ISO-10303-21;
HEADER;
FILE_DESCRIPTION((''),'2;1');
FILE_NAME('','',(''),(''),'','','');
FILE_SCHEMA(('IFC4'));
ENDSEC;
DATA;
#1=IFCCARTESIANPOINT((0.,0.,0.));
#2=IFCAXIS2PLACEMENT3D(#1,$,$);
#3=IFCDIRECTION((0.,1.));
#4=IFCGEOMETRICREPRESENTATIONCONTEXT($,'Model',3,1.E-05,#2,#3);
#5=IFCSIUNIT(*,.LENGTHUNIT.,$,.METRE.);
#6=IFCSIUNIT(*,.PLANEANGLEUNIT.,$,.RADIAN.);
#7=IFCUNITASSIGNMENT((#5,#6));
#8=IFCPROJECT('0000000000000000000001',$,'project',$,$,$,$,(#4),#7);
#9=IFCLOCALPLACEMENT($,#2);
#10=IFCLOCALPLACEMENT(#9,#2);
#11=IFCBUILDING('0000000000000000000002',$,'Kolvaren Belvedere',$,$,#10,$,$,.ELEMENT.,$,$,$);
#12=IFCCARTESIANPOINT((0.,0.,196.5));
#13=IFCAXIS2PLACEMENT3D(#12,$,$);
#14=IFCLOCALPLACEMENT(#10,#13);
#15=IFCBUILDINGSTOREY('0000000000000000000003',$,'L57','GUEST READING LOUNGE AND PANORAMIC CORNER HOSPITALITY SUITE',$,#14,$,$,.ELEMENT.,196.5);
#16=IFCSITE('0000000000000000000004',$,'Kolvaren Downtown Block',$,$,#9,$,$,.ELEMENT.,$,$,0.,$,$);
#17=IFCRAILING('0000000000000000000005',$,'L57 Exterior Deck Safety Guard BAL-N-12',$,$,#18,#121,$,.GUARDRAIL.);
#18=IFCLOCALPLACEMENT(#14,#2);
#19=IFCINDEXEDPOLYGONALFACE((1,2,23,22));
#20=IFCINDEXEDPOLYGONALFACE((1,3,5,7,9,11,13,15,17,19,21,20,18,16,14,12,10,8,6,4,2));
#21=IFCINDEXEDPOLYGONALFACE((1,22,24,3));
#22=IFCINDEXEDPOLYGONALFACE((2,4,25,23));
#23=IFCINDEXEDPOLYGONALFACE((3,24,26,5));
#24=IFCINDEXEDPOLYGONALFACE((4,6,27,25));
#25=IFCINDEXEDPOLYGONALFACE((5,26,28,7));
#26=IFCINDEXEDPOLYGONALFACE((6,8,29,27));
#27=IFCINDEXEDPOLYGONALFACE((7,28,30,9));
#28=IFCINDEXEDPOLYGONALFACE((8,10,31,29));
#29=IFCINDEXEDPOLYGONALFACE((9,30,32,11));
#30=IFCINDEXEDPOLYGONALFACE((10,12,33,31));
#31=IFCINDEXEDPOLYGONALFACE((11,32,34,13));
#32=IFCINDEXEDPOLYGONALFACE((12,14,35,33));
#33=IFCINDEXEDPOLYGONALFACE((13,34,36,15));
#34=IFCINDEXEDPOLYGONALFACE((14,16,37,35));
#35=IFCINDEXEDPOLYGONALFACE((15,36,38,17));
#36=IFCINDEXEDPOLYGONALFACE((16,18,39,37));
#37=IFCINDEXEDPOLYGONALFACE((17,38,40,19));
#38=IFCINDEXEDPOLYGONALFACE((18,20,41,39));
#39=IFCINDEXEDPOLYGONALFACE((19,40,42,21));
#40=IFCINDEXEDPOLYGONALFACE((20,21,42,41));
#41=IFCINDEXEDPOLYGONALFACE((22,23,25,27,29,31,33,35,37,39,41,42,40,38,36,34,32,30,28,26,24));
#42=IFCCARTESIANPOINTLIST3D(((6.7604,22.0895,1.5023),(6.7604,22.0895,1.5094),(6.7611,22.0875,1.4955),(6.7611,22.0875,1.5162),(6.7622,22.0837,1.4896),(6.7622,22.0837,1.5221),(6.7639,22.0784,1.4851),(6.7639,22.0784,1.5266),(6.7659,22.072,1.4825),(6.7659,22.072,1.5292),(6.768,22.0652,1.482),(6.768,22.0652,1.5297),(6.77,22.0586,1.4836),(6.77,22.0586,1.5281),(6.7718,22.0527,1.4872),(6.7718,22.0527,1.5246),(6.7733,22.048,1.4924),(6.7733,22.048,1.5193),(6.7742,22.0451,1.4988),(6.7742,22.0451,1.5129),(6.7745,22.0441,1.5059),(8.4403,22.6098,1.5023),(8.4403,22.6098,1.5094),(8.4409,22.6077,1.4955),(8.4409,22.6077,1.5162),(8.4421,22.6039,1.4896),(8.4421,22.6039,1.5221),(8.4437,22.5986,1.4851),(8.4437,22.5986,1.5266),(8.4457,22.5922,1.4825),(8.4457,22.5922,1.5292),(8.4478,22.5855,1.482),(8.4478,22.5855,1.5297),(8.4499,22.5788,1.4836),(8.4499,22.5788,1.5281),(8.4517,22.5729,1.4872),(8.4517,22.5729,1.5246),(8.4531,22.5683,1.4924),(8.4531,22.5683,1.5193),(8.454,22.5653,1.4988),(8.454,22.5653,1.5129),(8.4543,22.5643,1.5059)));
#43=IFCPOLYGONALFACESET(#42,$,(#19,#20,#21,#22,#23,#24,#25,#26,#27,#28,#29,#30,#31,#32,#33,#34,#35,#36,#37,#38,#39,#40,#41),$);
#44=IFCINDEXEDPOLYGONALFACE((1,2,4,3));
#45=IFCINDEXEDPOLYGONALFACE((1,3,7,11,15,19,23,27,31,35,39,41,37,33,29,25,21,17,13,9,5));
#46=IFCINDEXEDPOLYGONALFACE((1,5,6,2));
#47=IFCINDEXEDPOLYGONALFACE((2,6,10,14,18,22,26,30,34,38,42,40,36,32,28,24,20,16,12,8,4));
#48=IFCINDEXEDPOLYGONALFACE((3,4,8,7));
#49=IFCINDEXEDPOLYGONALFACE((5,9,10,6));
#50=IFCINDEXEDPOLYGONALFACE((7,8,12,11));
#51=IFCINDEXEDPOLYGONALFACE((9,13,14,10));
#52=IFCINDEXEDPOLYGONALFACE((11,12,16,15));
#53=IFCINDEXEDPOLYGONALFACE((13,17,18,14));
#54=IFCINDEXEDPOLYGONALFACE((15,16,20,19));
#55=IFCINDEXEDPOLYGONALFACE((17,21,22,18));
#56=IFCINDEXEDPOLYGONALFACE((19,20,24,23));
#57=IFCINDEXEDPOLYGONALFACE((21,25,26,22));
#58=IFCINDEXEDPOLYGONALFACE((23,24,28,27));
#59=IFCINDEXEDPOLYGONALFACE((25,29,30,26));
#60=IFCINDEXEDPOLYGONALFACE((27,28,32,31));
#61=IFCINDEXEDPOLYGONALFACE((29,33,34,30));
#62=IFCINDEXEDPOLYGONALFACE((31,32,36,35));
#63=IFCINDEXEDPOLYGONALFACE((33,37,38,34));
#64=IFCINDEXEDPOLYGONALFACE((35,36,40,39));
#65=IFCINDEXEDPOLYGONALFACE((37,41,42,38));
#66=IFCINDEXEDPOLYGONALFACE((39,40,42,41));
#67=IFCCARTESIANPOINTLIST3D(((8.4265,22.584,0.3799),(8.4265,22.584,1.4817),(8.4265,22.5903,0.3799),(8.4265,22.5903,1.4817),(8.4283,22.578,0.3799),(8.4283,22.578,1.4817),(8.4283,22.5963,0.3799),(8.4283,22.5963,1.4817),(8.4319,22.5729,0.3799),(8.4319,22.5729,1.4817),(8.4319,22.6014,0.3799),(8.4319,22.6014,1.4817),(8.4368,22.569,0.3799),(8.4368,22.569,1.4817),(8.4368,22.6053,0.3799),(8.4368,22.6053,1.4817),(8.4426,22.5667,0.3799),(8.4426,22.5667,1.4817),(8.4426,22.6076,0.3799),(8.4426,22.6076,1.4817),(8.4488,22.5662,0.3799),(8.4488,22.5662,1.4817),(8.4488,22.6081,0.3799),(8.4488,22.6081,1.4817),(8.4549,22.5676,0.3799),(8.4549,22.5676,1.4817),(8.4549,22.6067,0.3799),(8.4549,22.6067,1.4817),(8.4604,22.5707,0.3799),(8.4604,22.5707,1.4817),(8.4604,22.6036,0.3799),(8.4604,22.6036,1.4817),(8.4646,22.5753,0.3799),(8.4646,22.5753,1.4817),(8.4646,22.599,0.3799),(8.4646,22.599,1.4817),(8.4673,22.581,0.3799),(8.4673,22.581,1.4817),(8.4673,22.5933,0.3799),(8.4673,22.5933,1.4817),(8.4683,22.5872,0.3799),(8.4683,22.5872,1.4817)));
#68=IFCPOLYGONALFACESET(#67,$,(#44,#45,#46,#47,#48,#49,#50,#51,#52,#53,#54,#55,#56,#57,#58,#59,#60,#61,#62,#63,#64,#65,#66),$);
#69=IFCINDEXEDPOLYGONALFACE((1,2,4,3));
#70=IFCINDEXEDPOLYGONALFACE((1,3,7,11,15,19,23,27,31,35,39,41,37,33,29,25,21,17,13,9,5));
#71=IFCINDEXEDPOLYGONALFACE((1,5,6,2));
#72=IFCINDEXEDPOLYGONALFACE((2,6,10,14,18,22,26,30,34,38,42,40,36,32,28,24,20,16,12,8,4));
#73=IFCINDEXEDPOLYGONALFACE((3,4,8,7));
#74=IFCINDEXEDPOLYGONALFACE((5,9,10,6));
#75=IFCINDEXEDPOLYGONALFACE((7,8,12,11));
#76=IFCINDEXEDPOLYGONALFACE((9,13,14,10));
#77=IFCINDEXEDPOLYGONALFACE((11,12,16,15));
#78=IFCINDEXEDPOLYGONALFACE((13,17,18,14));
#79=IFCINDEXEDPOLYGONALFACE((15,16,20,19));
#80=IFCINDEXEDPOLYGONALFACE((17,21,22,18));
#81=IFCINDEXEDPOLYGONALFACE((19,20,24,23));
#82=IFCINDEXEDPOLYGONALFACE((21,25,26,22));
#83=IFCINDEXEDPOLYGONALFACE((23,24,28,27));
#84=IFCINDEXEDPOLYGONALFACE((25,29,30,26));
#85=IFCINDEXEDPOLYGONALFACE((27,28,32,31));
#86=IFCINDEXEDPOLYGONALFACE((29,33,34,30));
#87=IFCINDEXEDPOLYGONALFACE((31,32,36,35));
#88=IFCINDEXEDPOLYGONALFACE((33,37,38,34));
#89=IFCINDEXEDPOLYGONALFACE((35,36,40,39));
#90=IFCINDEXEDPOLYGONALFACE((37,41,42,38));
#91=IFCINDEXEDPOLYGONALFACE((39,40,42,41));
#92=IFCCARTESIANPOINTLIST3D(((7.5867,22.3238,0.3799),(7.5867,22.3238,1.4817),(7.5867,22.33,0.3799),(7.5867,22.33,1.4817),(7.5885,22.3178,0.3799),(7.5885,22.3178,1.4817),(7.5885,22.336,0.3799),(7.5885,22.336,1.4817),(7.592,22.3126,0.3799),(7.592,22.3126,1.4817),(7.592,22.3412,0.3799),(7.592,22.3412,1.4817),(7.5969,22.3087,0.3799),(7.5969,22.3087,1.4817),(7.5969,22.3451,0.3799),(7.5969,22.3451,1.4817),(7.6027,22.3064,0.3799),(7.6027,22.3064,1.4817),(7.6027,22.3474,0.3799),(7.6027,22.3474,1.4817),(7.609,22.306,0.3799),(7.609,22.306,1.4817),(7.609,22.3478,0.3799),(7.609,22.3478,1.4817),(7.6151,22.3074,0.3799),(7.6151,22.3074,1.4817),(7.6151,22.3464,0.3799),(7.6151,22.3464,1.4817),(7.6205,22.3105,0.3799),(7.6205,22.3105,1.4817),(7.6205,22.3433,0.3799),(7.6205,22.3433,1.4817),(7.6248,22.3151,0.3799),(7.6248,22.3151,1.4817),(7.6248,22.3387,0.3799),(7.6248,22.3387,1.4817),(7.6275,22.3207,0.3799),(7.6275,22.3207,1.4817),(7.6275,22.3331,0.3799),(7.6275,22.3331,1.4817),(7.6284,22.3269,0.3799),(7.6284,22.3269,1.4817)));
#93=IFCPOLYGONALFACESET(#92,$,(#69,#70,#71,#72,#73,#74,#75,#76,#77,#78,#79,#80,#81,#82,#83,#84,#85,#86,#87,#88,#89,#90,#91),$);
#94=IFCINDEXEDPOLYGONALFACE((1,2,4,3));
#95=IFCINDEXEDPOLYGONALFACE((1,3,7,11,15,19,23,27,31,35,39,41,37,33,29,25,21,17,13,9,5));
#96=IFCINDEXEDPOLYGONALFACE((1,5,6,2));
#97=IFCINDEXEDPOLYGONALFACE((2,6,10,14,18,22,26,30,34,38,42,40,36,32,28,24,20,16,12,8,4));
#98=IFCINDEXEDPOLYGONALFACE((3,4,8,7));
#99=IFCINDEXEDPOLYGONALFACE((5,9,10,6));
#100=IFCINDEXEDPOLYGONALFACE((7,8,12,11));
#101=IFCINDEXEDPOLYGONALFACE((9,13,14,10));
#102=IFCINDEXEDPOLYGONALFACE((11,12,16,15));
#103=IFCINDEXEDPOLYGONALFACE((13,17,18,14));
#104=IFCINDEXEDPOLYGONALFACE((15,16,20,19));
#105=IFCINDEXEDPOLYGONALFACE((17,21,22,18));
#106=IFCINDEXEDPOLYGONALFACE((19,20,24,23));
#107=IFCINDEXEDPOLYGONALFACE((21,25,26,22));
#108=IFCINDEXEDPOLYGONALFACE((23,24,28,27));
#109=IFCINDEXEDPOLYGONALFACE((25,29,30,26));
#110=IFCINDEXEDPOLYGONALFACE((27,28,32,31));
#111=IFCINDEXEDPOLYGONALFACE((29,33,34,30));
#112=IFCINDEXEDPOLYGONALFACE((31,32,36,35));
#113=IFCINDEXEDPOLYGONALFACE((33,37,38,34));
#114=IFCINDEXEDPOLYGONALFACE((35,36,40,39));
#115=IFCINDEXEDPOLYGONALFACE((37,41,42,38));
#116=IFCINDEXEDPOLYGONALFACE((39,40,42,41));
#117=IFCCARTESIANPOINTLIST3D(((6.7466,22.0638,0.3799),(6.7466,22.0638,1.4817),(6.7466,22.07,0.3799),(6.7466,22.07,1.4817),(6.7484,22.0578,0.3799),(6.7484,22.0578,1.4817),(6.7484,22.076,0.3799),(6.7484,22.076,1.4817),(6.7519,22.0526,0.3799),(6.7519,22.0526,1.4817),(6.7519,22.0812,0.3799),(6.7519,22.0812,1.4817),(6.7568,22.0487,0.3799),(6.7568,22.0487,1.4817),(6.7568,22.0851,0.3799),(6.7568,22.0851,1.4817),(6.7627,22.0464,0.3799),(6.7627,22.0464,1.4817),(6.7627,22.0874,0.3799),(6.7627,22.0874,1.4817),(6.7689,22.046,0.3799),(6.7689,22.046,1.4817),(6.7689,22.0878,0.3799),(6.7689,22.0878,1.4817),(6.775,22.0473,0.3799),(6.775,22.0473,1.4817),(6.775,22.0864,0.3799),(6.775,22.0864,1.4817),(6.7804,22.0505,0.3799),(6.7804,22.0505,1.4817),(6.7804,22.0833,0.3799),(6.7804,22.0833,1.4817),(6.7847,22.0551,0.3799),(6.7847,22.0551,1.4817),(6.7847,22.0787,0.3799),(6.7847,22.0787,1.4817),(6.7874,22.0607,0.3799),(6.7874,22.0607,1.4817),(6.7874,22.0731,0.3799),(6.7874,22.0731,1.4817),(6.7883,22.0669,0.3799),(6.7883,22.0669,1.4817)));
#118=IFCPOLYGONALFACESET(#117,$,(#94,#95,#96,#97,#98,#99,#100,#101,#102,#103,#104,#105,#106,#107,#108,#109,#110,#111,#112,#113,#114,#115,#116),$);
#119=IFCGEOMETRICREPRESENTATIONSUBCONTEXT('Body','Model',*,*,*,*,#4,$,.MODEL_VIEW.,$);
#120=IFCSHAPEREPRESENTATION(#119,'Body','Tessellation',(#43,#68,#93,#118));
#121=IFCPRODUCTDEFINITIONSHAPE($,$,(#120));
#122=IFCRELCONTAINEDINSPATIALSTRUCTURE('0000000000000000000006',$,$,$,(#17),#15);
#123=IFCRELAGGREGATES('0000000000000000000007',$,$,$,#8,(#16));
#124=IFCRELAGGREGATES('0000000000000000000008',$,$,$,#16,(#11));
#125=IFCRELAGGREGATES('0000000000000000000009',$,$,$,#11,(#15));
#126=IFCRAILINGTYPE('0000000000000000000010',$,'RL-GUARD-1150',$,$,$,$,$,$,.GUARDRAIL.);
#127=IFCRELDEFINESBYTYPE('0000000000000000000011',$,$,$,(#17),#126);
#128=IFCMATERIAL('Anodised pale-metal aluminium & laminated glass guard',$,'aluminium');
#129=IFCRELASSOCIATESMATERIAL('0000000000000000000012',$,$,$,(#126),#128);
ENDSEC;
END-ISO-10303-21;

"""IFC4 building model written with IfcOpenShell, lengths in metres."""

from ifc_helpers import new_model, si_unit, direction, frame, origin, origin_2d, place, context, subcontext, project, spatial, circle, extrude, material, type_object, element, save


model = new_model("IFC4")

# Units and contexts
model_context = context("Model", 3, precision=1e-05, world=origin(), true_north=direction((0.0, 1.0)))
body_context = subcontext(model_context, "Body", "Model", "MODEL_VIEW")
ifc_project = project(units=[si_unit("LENGTHUNIT", "METRE"), si_unit("PLANEANGLEUNIT", "RADIAN")], contexts=[model_context])

# Site, building, storey
site_placement = place(None, origin())
site = spatial("IfcSite", under=ifc_project, at=site_placement, Name="Kolvaren Downtown Block", CompositionType="ELEMENT", RefElevation=0.0)
building_placement = place(site_placement, origin())
building = spatial("IfcBuilding", under=site, at=building_placement, Name="Kolvaren Belvedere", CompositionType="ELEMENT")
storey_placement = place(building_placement, frame((0.0, 0.0, 196.5)))
storey = spatial("IfcBuildingStorey", under=building, at=storey_placement, Name="L57", Description="GUEST READING LOUNGE AND PANORAMIC CORNER HOSPITALITY SUITE", CompositionType="ELEMENT", Elevation=196.5)

# Railing
ifc_material_1 = material(Name="Anodised pale-metal aluminium & laminated glass guard", Category="aluminium")
railing_type = type_object("IfcRailingType", Name="RL-GUARD-1150", PredefinedType="GUARDRAIL", material=ifc_material_1)
railing_1_placement = place(storey_placement, frame((8.4473, 22.5872, 0.3799)))
element("IfcRailing", 1, at=railing_1_placement, inside=storey, type_object=railing_type, Name="L57 Exterior Deck Safety Guard BAL-N-12", PredefinedType="GUARDRAIL", context=body_context, shape_type="SweptSolid", body=[
    extrude(circle(Radius=0.0239, at=origin_2d()), frame((0.0, 0.0, 1.126), z_axis=(-0.95524, -0.295832, 0.0), x_axis=(0.295832, -0.95524, 0.0)), (0.0, 0.0, 1.0), 1.7585),
    extrude(circle(Radius=0.021, at=origin_2d()), origin(), (0.0, 0.0, 1.0), 1.1018),
    extrude(circle(Radius=0.021, at=origin_2d()), frame((-0.8398, -0.2603, 0.0)), (0.0, 0.0, 1.0), 1.1018),
    extrude(circle(Radius=0.021, at=origin_2d()), frame((-1.6799, -0.5203, 0.0)), (0.0, 0.0, 1.0), 1.1018),
])

save(model, "model.ifc")
